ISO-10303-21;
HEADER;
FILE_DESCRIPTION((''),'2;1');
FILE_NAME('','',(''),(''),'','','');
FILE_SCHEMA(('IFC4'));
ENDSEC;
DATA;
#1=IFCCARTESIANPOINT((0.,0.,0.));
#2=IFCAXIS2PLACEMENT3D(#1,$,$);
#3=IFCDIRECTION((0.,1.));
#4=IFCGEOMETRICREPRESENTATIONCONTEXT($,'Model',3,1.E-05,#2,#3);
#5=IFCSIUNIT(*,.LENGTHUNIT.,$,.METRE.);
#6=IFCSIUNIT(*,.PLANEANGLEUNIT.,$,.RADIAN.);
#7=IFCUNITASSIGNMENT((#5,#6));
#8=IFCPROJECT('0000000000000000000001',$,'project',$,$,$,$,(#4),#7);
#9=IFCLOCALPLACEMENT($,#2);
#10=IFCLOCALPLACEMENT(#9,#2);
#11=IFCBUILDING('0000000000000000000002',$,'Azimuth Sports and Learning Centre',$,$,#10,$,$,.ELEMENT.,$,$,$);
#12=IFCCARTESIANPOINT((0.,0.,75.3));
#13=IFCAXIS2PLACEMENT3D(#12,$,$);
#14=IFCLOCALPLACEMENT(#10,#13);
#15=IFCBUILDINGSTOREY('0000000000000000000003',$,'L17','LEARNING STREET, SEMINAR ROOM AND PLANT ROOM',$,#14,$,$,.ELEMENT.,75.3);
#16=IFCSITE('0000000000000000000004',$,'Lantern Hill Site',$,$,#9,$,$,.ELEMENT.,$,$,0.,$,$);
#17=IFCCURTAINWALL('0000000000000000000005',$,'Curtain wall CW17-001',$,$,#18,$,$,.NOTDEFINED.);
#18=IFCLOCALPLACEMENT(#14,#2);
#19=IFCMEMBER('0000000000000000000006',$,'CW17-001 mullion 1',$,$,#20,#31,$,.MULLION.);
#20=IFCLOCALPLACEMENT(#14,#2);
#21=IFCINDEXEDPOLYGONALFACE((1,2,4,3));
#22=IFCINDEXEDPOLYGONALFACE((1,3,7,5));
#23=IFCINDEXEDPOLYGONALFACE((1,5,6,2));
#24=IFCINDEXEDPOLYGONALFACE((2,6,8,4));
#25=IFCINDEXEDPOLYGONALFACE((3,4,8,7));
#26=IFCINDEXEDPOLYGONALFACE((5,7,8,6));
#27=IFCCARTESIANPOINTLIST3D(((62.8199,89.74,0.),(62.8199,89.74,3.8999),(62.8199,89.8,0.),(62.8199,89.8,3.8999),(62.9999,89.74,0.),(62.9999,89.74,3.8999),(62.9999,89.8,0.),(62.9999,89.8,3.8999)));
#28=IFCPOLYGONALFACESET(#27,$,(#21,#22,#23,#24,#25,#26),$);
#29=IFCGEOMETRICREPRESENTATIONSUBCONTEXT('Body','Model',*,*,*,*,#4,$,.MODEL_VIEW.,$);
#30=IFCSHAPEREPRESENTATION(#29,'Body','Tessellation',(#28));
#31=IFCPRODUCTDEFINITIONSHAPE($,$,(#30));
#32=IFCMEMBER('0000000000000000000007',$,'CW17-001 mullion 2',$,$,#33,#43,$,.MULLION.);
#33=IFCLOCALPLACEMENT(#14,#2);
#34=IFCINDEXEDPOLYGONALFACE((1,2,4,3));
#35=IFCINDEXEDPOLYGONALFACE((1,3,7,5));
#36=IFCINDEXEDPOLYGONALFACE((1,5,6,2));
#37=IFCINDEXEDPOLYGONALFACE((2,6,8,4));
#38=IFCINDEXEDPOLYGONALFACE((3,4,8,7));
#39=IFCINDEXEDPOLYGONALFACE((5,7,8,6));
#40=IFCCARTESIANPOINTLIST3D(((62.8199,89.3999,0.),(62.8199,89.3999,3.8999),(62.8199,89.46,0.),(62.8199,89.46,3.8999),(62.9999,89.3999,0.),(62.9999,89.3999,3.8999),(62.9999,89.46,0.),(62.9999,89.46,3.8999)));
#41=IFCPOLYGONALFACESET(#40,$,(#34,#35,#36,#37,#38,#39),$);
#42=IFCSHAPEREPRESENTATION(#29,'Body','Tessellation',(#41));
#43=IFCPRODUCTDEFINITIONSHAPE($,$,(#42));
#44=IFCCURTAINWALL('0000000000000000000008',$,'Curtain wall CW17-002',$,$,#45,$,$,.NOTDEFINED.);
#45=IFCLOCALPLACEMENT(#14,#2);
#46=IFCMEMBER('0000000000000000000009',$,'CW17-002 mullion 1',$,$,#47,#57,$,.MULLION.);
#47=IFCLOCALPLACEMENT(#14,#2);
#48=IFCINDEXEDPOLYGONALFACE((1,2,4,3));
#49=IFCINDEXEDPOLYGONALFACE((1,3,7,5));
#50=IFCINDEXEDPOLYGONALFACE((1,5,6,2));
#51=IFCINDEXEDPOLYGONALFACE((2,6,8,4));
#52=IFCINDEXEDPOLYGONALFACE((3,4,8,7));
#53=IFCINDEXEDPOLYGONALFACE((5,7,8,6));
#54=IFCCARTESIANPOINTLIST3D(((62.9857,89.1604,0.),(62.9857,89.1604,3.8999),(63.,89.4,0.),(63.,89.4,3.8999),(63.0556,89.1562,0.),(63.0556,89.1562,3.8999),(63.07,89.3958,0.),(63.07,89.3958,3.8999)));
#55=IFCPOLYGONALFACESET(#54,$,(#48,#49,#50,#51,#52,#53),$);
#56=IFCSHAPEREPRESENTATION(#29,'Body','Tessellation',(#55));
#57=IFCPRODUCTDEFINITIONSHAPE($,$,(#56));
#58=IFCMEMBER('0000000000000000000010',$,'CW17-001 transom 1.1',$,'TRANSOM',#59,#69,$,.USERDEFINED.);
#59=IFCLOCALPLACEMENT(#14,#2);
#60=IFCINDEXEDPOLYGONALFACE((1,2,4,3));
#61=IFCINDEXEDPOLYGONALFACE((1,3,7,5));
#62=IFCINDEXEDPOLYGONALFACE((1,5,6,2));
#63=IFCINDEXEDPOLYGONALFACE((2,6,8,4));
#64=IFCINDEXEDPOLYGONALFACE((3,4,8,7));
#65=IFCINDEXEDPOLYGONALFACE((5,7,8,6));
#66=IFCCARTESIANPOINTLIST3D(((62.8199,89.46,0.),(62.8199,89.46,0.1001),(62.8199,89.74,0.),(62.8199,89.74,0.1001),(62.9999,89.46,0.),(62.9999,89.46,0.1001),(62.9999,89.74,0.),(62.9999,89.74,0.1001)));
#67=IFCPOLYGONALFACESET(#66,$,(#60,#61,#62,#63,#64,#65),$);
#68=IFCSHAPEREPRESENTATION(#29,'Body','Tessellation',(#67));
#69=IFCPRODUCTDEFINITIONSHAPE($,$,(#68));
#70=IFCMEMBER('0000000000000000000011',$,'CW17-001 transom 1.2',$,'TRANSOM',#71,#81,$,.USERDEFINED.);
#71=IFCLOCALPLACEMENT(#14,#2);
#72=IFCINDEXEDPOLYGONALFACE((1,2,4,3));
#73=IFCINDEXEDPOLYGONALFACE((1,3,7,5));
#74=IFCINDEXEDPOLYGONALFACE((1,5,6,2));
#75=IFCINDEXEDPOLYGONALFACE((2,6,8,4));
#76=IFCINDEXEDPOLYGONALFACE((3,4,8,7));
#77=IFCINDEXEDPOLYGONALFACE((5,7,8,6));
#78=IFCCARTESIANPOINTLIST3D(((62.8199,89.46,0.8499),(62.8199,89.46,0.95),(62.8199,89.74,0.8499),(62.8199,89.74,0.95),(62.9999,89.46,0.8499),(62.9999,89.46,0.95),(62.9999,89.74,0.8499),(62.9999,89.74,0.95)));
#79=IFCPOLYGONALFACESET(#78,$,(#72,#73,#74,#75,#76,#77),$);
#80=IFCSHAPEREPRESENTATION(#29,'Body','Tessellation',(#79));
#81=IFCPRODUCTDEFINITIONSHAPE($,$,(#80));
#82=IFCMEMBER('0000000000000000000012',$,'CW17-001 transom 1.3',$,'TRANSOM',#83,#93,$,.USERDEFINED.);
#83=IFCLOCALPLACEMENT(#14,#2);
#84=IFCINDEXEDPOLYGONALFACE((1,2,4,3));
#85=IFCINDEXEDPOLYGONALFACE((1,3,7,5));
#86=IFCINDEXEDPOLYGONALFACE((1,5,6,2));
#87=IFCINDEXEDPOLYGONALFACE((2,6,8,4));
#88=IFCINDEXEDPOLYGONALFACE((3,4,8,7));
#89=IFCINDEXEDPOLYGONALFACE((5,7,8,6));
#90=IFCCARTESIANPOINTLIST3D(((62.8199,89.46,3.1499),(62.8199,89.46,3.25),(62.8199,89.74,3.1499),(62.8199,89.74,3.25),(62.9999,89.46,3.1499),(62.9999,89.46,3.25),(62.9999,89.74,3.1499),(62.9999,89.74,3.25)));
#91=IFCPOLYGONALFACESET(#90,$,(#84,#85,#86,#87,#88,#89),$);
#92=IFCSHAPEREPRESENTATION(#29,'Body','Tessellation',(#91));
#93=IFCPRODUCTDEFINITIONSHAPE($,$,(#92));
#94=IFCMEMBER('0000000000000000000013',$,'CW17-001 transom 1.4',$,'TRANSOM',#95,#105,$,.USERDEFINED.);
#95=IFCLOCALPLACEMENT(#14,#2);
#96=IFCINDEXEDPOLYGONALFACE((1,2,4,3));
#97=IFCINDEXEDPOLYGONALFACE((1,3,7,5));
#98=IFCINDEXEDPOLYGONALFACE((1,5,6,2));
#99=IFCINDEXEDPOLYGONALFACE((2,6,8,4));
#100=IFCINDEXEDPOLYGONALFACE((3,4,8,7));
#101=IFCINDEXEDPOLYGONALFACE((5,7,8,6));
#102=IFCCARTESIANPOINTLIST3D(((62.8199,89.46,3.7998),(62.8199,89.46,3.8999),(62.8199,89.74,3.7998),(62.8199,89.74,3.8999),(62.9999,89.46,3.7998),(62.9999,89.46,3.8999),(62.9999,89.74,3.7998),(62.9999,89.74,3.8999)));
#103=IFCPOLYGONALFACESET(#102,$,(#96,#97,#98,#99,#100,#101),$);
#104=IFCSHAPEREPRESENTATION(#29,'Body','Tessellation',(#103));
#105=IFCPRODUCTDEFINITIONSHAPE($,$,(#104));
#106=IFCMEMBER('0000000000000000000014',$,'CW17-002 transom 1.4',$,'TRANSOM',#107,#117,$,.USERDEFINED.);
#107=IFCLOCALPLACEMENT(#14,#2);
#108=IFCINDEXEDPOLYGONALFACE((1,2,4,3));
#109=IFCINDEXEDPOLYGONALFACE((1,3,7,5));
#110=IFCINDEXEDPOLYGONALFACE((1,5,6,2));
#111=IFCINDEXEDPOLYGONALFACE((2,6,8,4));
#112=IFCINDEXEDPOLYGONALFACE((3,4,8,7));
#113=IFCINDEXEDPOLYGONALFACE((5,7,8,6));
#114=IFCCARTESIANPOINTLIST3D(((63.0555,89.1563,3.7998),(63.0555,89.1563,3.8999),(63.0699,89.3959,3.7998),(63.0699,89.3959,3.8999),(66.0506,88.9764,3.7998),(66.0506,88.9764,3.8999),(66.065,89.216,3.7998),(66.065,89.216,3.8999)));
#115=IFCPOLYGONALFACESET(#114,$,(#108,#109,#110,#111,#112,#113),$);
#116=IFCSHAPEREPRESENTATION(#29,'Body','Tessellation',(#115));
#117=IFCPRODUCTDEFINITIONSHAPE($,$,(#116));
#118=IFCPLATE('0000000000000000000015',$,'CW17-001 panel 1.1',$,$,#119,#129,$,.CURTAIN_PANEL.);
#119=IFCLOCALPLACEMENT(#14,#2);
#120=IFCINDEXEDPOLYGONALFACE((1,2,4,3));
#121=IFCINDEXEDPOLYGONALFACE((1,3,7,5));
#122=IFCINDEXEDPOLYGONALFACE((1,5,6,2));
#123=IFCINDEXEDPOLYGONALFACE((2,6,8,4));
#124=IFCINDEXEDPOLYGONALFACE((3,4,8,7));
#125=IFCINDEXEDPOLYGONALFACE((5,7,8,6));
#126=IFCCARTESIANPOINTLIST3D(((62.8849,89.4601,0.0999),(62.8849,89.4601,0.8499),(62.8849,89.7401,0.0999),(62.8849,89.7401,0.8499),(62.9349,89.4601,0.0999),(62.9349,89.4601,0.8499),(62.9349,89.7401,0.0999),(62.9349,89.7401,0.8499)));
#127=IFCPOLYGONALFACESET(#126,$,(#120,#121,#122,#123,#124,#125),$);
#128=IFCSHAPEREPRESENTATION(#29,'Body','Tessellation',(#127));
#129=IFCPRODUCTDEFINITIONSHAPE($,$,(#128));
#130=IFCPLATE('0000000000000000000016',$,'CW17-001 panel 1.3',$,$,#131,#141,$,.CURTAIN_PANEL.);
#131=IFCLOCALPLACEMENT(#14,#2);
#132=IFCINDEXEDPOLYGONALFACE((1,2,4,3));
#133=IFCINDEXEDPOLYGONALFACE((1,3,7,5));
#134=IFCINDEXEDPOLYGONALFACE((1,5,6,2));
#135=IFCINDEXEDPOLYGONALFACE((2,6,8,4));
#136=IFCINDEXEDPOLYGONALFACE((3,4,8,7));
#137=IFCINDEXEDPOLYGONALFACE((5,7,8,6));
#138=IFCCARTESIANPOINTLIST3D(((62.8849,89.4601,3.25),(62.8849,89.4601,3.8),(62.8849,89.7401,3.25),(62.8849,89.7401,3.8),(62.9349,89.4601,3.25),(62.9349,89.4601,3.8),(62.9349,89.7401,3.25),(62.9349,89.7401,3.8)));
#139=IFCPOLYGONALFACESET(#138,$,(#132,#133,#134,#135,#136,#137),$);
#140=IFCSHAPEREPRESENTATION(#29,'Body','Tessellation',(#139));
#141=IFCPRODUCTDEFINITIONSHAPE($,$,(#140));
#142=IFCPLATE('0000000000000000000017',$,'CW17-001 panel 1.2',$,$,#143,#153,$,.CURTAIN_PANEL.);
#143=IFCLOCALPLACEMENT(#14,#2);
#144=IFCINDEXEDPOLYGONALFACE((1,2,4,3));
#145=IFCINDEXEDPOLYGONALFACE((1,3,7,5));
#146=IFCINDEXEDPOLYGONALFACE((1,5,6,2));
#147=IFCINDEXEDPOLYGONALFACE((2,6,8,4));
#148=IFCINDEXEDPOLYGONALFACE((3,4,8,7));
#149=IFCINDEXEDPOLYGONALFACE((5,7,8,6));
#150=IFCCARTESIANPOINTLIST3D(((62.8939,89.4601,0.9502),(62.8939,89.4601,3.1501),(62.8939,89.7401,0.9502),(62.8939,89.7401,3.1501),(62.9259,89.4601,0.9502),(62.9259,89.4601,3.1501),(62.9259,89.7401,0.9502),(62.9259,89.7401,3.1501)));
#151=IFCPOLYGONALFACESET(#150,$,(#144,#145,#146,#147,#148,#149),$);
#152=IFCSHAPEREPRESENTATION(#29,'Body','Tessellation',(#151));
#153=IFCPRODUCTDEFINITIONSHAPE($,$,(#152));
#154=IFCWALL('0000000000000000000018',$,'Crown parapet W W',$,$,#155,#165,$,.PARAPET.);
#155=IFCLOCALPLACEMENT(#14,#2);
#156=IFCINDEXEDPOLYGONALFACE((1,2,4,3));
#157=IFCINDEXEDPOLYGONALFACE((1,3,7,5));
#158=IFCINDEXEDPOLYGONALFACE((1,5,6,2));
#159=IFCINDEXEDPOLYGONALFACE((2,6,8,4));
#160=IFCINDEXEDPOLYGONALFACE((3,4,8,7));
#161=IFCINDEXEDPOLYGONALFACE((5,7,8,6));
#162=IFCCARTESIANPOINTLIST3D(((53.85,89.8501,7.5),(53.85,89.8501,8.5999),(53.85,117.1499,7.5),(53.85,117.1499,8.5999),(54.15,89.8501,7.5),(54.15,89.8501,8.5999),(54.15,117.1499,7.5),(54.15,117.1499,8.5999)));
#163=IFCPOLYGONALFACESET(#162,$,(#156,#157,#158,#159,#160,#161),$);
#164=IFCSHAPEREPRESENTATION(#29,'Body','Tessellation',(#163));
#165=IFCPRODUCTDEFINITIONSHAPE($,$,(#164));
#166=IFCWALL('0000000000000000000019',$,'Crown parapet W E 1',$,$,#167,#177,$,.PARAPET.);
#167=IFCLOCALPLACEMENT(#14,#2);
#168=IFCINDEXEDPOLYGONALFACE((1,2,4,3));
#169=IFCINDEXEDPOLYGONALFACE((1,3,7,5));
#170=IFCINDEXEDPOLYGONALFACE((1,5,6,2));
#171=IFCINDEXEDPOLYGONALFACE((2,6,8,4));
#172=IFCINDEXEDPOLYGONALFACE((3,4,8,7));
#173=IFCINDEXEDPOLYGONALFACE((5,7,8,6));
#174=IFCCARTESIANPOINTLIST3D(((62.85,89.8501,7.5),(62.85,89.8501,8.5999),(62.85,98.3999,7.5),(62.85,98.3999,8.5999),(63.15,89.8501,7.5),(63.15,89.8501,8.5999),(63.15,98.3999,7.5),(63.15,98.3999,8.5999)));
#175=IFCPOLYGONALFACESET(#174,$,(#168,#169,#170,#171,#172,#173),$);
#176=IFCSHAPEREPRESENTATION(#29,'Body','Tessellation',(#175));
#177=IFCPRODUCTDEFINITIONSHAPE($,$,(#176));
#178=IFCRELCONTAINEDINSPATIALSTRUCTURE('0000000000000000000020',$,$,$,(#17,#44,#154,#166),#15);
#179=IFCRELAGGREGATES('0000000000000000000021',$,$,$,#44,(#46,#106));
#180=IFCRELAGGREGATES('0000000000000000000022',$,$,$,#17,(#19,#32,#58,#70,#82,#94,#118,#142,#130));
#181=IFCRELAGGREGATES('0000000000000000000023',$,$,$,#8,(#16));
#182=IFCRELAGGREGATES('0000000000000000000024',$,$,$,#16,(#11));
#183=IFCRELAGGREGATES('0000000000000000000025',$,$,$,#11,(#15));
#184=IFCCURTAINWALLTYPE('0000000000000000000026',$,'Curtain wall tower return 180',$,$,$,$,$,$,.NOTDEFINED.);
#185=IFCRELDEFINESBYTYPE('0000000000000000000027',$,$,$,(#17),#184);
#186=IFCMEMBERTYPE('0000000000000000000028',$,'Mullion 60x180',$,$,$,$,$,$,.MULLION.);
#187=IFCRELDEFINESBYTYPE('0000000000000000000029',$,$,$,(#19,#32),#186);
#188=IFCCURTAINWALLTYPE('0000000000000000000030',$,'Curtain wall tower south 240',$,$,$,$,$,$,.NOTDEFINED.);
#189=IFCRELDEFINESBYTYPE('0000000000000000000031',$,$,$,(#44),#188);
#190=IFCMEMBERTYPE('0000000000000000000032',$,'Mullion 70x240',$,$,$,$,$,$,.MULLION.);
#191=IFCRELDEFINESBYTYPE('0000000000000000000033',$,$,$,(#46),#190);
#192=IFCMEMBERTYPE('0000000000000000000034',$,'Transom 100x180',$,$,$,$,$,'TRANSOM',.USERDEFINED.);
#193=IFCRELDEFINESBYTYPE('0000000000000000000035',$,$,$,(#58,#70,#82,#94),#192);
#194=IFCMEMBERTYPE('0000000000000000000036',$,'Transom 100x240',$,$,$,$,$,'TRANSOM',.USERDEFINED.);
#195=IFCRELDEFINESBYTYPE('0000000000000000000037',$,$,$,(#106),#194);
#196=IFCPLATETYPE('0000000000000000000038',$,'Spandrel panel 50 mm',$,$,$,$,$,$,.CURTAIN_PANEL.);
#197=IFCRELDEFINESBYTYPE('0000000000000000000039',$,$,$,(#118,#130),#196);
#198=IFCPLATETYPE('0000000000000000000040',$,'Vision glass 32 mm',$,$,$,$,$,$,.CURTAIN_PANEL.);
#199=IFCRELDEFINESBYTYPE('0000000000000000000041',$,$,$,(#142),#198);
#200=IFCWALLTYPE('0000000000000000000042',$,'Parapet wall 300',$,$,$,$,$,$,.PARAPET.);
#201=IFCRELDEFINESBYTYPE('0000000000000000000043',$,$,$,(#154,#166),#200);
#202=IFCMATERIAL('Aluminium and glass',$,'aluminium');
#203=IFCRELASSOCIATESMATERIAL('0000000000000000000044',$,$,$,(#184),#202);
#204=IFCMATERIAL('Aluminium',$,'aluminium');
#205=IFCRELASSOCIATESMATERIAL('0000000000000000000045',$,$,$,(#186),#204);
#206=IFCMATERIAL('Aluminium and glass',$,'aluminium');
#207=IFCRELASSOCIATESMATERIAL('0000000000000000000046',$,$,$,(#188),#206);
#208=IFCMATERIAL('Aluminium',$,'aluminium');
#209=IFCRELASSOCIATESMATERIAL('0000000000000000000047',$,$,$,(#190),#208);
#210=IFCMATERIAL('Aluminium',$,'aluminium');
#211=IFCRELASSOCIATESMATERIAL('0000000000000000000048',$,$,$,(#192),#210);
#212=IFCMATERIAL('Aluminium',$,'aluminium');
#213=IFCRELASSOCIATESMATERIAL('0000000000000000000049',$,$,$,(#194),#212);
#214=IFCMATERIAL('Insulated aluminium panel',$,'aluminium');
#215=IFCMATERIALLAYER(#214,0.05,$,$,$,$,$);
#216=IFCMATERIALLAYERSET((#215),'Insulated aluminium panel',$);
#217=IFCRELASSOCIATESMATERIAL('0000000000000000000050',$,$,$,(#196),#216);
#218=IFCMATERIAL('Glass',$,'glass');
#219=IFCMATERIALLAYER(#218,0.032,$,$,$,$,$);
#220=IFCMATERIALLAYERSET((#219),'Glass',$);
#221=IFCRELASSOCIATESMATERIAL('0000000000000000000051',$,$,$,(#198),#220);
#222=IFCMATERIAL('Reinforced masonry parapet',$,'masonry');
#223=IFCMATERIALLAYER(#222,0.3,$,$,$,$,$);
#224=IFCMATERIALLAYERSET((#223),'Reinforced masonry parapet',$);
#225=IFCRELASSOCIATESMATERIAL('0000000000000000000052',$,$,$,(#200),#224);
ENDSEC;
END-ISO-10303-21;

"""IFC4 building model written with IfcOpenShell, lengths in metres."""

from ifc_helpers import new_model, si_unit, direction, frame, frame_2d, origin, origin_2d, place, context, subcontext, project, spatial, rectangle, extrude, material, layer, layer_set, material_profile, profile_set, type_object, element, aggregate, save


model = new_model("IFC4")

# Units and contexts
model_context = context("Model", 3, precision=1e-05, world=origin(), true_north=direction((0.0, 1.0)))
body_context = subcontext(model_context, "Body", "Model", "MODEL_VIEW")
ifc_project = project(units=[si_unit("LENGTHUNIT", "METRE"), si_unit("PLANEANGLEUNIT", "RADIAN")], contexts=[model_context])

# Site, building, storey
site_placement = place(None, origin())
site = spatial("IfcSite", under=ifc_project, at=site_placement, Name="Lantern Hill Site", CompositionType="ELEMENT", RefElevation=0.0)
building_placement = place(site_placement, origin())
building = spatial("IfcBuilding", under=site, at=building_placement, Name="Azimuth Sports and Learning Centre", CompositionType="ELEMENT")
storey_placement = place(building_placement, frame((0.0, 0.0, 75.3)))
storey = spatial("IfcBuildingStorey", under=building, at=storey_placement, Name="L17", Description="LEARNING STREET, SEMINAR ROOM AND PLANT ROOM", CompositionType="ELEMENT", Elevation=75.3)

# Curtain wall, members
ifc_material_1 = material(Name="Aluminium and glass", Category="aluminium")
curtain_wall_type_1 = type_object("IfcCurtainWallType", Name="Curtain wall tower return 180", PredefinedType="NOTDEFINED", material=ifc_material_1)
curtain_wall_1_placement = place(storey_placement, origin())
curtain_wall_1 = element("IfcCurtainWall", 1, at=curtain_wall_1_placement, inside=storey, type_object=curtain_wall_type_1, Name="Curtain wall CW17-001", PredefinedType="NOTDEFINED")
ifc_material_2 = material(Name="Aluminium", Category="aluminium")
ifc_material_profile_1 = material_profile(ifc_material_2, rectangle(XDim=0.1799, YDim=0.0601, at=origin_2d()), Name="Mullion 60x180")
ifc_profile_set_1 = profile_set([ifc_material_profile_1], Name="Aluminium")
member_type_1 = type_object("IfcMemberType", Name="Mullion 60x180", PredefinedType="MULLION", material=ifc_profile_set_1)
member_1_placement = place(storey_placement, frame((62.9099, 89.77, 0.0), z_axis=(0.0, 0.0, 1.0), x_axis=(1.0, 0.0, 0.0)))
member_1 = element("IfcMember", 2, at=member_1_placement, type_object=member_type_1, Name="CW17-001 mullion 1", PredefinedType="MULLION", context=body_context, shape_type="SweptSolid", body=[
    extrude(rectangle(XDim=0.1799, YDim=0.0601, at=origin_2d()), origin(), (0.0, 0.0, 1.0), 3.8999),
])
member_2_placement = place(storey_placement, frame((62.9099, 89.4299, 0.0), z_axis=(0.0, 0.0, 1.0), x_axis=(1.0, 0.0, 0.0)))
member_2 = element("IfcMember", 3, at=member_2_placement, type_object=member_type_1, Name="CW17-001 mullion 2", PredefinedType="MULLION", context=body_context, shape_type="SweptSolid", body=[
    extrude(rectangle(XDim=0.1799, YDim=0.0601, at=origin_2d()), origin(), (0.0, 0.0, 1.0), 3.8999),
])

# Curtain wall, member
ifc_material_3 = material(Name="Aluminium and glass", Category="aluminium")
curtain_wall_type_2 = type_object("IfcCurtainWallType", Name="Curtain wall tower south 240", PredefinedType="NOTDEFINED", material=ifc_material_3)
curtain_wall_2_placement = place(storey_placement, origin())
curtain_wall_2 = element("IfcCurtainWall", 4, at=curtain_wall_2_placement, inside=storey, type_object=curtain_wall_type_2, Name="Curtain wall CW17-002", PredefinedType="NOTDEFINED")
ifc_material_4 = material(Name="Aluminium", Category="aluminium")
ifc_material_profile_2 = material_profile(ifc_material_4, rectangle(XDim=0.24, YDim=0.0701, at=origin_2d()), Name="Mullion 70x240")
ifc_profile_set_2 = profile_set([ifc_material_profile_2], Name="Aluminium")
member_type_2 = type_object("IfcMemberType", Name="Mullion 70x240", PredefinedType="MULLION", material=ifc_profile_set_2)
member_3_placement = place(storey_placement, frame((63.0278, 89.2781, 0.0), z_axis=(0.0, 0.0, 1.0), x_axis=(0.059892, 0.998205, 0.0)))
member_3 = element("IfcMember", 5, at=member_3_placement, type_object=member_type_2, Name="CW17-002 mullion 1", PredefinedType="MULLION", context=body_context, shape_type="SweptSolid", body=[
    extrude(rectangle(XDim=0.24, YDim=0.0701, at=origin_2d()), origin(), (0.0, 0.0, 1.0), 3.8999),
])

# Members
ifc_material_5 = material(Name="Aluminium", Category="aluminium")
ifc_material_profile_3 = material_profile(ifc_material_5, rectangle(XDim=0.1799, YDim=0.1001, at=origin_2d()), Name="Transom 100x180")
ifc_profile_set_3 = profile_set([ifc_material_profile_3], Name="Aluminium")
member_type_3 = type_object("IfcMemberType", Name="Transom 100x180", ElementType="TRANSOM", PredefinedType="USERDEFINED", material=ifc_profile_set_3)
member_4_placement = place(storey_placement, frame((62.9099, 89.74, 0.05), z_axis=(0.0, -1.0, 0.0), x_axis=(1.0, 0.0, 0.0)))
member_4 = element("IfcMember", 6, at=member_4_placement, type_object=member_type_3, Name="CW17-001 transom 1.1", ObjectType="TRANSOM", PredefinedType="USERDEFINED", context=body_context, shape_type="SweptSolid", body=[
    extrude(rectangle(XDim=0.1799, YDim=0.1001, at=origin_2d()), origin(), (0.0, 0.0, 1.0), 0.28),
])
member_5_placement = place(storey_placement, frame((62.9099, 89.74, 0.8999), z_axis=(0.0, -1.0, 0.0), x_axis=(1.0, 0.0, 0.0)))
member_5 = element("IfcMember", 7, at=member_5_placement, type_object=member_type_3, Name="CW17-001 transom 1.2", ObjectType="TRANSOM", PredefinedType="USERDEFINED", context=body_context, shape_type="SweptSolid", body=[
    extrude(rectangle(XDim=0.1799, YDim=0.1001, at=origin_2d()), origin(), (0.0, 0.0, 1.0), 0.28),
])
member_6_placement = place(storey_placement, frame((62.9099, 89.74, 3.2), z_axis=(0.0, -1.0, 0.0), x_axis=(1.0, 0.0, 0.0)))
member_6 = element("IfcMember", 8, at=member_6_placement, type_object=member_type_3, Name="CW17-001 transom 1.3", ObjectType="TRANSOM", PredefinedType="USERDEFINED", context=body_context, shape_type="SweptSolid", body=[
    extrude(rectangle(XDim=0.1799, YDim=0.1001, at=origin_2d()), origin(), (0.0, 0.0, 1.0), 0.28),
])
member_7_placement = place(storey_placement, frame((62.9099, 89.74, 3.8499), z_axis=(0.0, -1.0, 0.0), x_axis=(1.0, 0.0, 0.0)))
member_7 = element("IfcMember", 9, at=member_7_placement, type_object=member_type_3, Name="CW17-001 transom 1.4", ObjectType="TRANSOM", PredefinedType="USERDEFINED", context=body_context, shape_type="SweptSolid", body=[
    extrude(rectangle(XDim=0.1799, YDim=0.1001, at=origin_2d()), origin(), (0.0, 0.0, 1.0), 0.28),
])
ifc_material_6 = material(Name="Aluminium", Category="aluminium")
ifc_material_profile_4 = material_profile(ifc_material_6, rectangle(XDim=0.24, YDim=0.1001, at=origin_2d()), Name="Transom 100x240")
ifc_profile_set_4 = profile_set([ifc_material_profile_4], Name="Aluminium")
member_type_4 = type_object("IfcMemberType", Name="Transom 100x240", ElementType="TRANSOM", PredefinedType="USERDEFINED", material=ifc_profile_set_4)
member_8_placement = place(storey_placement, frame((63.0627, 89.2761, 3.8499), z_axis=(0.9982, -0.059967, 0.0), x_axis=(0.059967, 0.9982, 0.0)))
member_8 = element("IfcMember", 10, at=member_8_placement, type_object=member_type_4, Name="CW17-002 transom 1.4", ObjectType="TRANSOM", PredefinedType="USERDEFINED", context=body_context, shape_type="SweptSolid", body=[
    extrude(rectangle(XDim=0.24, YDim=0.1001, at=origin_2d()), origin(), (0.0, 0.0, 1.0), 3.0005),
])
aggregate(curtain_wall_2, [member_3, member_8])

# Plates
ifc_material_7 = material(Name="Insulated aluminium panel", Category="aluminium")
ifc_layer_1 = layer(ifc_material_7, 0.05)
ifc_layer_set_1 = layer_set([ifc_layer_1], Name="Insulated aluminium panel")
plate_type_1 = type_object("IfcPlateType", Name="Spandrel panel 50 mm", PredefinedType="CURTAIN_PANEL", material=ifc_layer_set_1)
plate_1_placement = place(storey_placement, frame((62.9099, 89.6001, 0.0999), z_axis=(0.0, 0.0, 1.0), x_axis=(0.0, -1.0, 0.0)))
plate_1 = element("IfcPlate", 11, at=plate_1_placement, type_object=plate_type_1, Name="CW17-001 panel 1.1", PredefinedType="CURTAIN_PANEL", context=body_context, shape_type="SweptSolid", body=[
    extrude(rectangle(XDim=0.28, YDim=0.05, at=origin_2d()), origin(), (0.0, 0.0, 1.0), 0.75),
])
plate_2_placement = place(storey_placement, frame((62.9099, 89.6001, 3.25), z_axis=(0.0, 0.0, 1.0), x_axis=(0.0, -1.0, 0.0)))
plate_2 = element("IfcPlate", 12, at=plate_2_placement, type_object=plate_type_1, Name="CW17-001 panel 1.3", PredefinedType="CURTAIN_PANEL", context=body_context, shape_type="SweptSolid", body=[
    extrude(rectangle(XDim=0.28, YDim=0.05, at=origin_2d()), origin(), (0.0, 0.0, 1.0), 0.55),
])
ifc_material_8 = material(Name="Glass", Category="glass")
ifc_layer_2 = layer(ifc_material_8, 0.032)
ifc_layer_set_2 = layer_set([ifc_layer_2], Name="Glass")
plate_type_2 = type_object("IfcPlateType", Name="Vision glass 32 mm", PredefinedType="CURTAIN_PANEL", material=ifc_layer_set_2)
plate_3_placement = place(storey_placement, frame((62.9099, 89.6001, 0.9502), z_axis=(0.0, 0.0, 1.0), x_axis=(0.0, -1.0, 0.0)))
plate_3 = element("IfcPlate", 13, at=plate_3_placement, type_object=plate_type_2, Name="CW17-001 panel 1.2", PredefinedType="CURTAIN_PANEL", context=body_context, shape_type="SweptSolid", body=[
    extrude(rectangle(XDim=0.28, YDim=0.032, at=origin_2d()), origin(), (0.0, 0.0, 1.0), 2.2),
])
aggregate(curtain_wall_1, [member_1, member_2, member_4, member_5, member_6, member_7, plate_1, plate_3, plate_2])

# Walls
ifc_material_9 = material(Name="Reinforced masonry parapet", Category="masonry")
ifc_layer_3 = layer(ifc_material_9, 0.3)
ifc_layer_set_3 = layer_set([ifc_layer_3], Name="Reinforced masonry parapet")
wall_type_1 = type_object("IfcWallType", Name="Parapet wall 300", PredefinedType="PARAPET", material=ifc_layer_set_3)
wall_1_placement = place(storey_placement, frame((54.0, 89.8501, 7.5), z_axis=(0.0, 0.0, 1.0), x_axis=(0.0, 1.0, 0.0)))
element("IfcWall", 14, at=wall_1_placement, inside=storey, type_object=wall_type_1, Name="Crown parapet W W", PredefinedType="PARAPET", context=body_context, shape_type="SweptSolid", body=[
    extrude(rectangle(XDim=27.2998, YDim=0.3, at=frame_2d((13.6499, 0.0))), origin(), (0.0, 0.0, 1.0), 1.0999),
])
wall_2_placement = place(storey_placement, frame((63.0, 89.8501, 7.5), z_axis=(0.0, 0.0, 1.0), x_axis=(0.0, 1.0, 0.0)))
element("IfcWall", 15, at=wall_2_placement, inside=storey, type_object=wall_type_1, Name="Crown parapet W E 1", PredefinedType="PARAPET", context=body_context, shape_type="SweptSolid", body=[
    extrude(rectangle(XDim=8.5498, YDim=0.3, at=frame_2d((4.2749, 0.0))), origin(), (0.0, 0.0, 1.0), 1.0999),
])

save(model, "model.ifc")
